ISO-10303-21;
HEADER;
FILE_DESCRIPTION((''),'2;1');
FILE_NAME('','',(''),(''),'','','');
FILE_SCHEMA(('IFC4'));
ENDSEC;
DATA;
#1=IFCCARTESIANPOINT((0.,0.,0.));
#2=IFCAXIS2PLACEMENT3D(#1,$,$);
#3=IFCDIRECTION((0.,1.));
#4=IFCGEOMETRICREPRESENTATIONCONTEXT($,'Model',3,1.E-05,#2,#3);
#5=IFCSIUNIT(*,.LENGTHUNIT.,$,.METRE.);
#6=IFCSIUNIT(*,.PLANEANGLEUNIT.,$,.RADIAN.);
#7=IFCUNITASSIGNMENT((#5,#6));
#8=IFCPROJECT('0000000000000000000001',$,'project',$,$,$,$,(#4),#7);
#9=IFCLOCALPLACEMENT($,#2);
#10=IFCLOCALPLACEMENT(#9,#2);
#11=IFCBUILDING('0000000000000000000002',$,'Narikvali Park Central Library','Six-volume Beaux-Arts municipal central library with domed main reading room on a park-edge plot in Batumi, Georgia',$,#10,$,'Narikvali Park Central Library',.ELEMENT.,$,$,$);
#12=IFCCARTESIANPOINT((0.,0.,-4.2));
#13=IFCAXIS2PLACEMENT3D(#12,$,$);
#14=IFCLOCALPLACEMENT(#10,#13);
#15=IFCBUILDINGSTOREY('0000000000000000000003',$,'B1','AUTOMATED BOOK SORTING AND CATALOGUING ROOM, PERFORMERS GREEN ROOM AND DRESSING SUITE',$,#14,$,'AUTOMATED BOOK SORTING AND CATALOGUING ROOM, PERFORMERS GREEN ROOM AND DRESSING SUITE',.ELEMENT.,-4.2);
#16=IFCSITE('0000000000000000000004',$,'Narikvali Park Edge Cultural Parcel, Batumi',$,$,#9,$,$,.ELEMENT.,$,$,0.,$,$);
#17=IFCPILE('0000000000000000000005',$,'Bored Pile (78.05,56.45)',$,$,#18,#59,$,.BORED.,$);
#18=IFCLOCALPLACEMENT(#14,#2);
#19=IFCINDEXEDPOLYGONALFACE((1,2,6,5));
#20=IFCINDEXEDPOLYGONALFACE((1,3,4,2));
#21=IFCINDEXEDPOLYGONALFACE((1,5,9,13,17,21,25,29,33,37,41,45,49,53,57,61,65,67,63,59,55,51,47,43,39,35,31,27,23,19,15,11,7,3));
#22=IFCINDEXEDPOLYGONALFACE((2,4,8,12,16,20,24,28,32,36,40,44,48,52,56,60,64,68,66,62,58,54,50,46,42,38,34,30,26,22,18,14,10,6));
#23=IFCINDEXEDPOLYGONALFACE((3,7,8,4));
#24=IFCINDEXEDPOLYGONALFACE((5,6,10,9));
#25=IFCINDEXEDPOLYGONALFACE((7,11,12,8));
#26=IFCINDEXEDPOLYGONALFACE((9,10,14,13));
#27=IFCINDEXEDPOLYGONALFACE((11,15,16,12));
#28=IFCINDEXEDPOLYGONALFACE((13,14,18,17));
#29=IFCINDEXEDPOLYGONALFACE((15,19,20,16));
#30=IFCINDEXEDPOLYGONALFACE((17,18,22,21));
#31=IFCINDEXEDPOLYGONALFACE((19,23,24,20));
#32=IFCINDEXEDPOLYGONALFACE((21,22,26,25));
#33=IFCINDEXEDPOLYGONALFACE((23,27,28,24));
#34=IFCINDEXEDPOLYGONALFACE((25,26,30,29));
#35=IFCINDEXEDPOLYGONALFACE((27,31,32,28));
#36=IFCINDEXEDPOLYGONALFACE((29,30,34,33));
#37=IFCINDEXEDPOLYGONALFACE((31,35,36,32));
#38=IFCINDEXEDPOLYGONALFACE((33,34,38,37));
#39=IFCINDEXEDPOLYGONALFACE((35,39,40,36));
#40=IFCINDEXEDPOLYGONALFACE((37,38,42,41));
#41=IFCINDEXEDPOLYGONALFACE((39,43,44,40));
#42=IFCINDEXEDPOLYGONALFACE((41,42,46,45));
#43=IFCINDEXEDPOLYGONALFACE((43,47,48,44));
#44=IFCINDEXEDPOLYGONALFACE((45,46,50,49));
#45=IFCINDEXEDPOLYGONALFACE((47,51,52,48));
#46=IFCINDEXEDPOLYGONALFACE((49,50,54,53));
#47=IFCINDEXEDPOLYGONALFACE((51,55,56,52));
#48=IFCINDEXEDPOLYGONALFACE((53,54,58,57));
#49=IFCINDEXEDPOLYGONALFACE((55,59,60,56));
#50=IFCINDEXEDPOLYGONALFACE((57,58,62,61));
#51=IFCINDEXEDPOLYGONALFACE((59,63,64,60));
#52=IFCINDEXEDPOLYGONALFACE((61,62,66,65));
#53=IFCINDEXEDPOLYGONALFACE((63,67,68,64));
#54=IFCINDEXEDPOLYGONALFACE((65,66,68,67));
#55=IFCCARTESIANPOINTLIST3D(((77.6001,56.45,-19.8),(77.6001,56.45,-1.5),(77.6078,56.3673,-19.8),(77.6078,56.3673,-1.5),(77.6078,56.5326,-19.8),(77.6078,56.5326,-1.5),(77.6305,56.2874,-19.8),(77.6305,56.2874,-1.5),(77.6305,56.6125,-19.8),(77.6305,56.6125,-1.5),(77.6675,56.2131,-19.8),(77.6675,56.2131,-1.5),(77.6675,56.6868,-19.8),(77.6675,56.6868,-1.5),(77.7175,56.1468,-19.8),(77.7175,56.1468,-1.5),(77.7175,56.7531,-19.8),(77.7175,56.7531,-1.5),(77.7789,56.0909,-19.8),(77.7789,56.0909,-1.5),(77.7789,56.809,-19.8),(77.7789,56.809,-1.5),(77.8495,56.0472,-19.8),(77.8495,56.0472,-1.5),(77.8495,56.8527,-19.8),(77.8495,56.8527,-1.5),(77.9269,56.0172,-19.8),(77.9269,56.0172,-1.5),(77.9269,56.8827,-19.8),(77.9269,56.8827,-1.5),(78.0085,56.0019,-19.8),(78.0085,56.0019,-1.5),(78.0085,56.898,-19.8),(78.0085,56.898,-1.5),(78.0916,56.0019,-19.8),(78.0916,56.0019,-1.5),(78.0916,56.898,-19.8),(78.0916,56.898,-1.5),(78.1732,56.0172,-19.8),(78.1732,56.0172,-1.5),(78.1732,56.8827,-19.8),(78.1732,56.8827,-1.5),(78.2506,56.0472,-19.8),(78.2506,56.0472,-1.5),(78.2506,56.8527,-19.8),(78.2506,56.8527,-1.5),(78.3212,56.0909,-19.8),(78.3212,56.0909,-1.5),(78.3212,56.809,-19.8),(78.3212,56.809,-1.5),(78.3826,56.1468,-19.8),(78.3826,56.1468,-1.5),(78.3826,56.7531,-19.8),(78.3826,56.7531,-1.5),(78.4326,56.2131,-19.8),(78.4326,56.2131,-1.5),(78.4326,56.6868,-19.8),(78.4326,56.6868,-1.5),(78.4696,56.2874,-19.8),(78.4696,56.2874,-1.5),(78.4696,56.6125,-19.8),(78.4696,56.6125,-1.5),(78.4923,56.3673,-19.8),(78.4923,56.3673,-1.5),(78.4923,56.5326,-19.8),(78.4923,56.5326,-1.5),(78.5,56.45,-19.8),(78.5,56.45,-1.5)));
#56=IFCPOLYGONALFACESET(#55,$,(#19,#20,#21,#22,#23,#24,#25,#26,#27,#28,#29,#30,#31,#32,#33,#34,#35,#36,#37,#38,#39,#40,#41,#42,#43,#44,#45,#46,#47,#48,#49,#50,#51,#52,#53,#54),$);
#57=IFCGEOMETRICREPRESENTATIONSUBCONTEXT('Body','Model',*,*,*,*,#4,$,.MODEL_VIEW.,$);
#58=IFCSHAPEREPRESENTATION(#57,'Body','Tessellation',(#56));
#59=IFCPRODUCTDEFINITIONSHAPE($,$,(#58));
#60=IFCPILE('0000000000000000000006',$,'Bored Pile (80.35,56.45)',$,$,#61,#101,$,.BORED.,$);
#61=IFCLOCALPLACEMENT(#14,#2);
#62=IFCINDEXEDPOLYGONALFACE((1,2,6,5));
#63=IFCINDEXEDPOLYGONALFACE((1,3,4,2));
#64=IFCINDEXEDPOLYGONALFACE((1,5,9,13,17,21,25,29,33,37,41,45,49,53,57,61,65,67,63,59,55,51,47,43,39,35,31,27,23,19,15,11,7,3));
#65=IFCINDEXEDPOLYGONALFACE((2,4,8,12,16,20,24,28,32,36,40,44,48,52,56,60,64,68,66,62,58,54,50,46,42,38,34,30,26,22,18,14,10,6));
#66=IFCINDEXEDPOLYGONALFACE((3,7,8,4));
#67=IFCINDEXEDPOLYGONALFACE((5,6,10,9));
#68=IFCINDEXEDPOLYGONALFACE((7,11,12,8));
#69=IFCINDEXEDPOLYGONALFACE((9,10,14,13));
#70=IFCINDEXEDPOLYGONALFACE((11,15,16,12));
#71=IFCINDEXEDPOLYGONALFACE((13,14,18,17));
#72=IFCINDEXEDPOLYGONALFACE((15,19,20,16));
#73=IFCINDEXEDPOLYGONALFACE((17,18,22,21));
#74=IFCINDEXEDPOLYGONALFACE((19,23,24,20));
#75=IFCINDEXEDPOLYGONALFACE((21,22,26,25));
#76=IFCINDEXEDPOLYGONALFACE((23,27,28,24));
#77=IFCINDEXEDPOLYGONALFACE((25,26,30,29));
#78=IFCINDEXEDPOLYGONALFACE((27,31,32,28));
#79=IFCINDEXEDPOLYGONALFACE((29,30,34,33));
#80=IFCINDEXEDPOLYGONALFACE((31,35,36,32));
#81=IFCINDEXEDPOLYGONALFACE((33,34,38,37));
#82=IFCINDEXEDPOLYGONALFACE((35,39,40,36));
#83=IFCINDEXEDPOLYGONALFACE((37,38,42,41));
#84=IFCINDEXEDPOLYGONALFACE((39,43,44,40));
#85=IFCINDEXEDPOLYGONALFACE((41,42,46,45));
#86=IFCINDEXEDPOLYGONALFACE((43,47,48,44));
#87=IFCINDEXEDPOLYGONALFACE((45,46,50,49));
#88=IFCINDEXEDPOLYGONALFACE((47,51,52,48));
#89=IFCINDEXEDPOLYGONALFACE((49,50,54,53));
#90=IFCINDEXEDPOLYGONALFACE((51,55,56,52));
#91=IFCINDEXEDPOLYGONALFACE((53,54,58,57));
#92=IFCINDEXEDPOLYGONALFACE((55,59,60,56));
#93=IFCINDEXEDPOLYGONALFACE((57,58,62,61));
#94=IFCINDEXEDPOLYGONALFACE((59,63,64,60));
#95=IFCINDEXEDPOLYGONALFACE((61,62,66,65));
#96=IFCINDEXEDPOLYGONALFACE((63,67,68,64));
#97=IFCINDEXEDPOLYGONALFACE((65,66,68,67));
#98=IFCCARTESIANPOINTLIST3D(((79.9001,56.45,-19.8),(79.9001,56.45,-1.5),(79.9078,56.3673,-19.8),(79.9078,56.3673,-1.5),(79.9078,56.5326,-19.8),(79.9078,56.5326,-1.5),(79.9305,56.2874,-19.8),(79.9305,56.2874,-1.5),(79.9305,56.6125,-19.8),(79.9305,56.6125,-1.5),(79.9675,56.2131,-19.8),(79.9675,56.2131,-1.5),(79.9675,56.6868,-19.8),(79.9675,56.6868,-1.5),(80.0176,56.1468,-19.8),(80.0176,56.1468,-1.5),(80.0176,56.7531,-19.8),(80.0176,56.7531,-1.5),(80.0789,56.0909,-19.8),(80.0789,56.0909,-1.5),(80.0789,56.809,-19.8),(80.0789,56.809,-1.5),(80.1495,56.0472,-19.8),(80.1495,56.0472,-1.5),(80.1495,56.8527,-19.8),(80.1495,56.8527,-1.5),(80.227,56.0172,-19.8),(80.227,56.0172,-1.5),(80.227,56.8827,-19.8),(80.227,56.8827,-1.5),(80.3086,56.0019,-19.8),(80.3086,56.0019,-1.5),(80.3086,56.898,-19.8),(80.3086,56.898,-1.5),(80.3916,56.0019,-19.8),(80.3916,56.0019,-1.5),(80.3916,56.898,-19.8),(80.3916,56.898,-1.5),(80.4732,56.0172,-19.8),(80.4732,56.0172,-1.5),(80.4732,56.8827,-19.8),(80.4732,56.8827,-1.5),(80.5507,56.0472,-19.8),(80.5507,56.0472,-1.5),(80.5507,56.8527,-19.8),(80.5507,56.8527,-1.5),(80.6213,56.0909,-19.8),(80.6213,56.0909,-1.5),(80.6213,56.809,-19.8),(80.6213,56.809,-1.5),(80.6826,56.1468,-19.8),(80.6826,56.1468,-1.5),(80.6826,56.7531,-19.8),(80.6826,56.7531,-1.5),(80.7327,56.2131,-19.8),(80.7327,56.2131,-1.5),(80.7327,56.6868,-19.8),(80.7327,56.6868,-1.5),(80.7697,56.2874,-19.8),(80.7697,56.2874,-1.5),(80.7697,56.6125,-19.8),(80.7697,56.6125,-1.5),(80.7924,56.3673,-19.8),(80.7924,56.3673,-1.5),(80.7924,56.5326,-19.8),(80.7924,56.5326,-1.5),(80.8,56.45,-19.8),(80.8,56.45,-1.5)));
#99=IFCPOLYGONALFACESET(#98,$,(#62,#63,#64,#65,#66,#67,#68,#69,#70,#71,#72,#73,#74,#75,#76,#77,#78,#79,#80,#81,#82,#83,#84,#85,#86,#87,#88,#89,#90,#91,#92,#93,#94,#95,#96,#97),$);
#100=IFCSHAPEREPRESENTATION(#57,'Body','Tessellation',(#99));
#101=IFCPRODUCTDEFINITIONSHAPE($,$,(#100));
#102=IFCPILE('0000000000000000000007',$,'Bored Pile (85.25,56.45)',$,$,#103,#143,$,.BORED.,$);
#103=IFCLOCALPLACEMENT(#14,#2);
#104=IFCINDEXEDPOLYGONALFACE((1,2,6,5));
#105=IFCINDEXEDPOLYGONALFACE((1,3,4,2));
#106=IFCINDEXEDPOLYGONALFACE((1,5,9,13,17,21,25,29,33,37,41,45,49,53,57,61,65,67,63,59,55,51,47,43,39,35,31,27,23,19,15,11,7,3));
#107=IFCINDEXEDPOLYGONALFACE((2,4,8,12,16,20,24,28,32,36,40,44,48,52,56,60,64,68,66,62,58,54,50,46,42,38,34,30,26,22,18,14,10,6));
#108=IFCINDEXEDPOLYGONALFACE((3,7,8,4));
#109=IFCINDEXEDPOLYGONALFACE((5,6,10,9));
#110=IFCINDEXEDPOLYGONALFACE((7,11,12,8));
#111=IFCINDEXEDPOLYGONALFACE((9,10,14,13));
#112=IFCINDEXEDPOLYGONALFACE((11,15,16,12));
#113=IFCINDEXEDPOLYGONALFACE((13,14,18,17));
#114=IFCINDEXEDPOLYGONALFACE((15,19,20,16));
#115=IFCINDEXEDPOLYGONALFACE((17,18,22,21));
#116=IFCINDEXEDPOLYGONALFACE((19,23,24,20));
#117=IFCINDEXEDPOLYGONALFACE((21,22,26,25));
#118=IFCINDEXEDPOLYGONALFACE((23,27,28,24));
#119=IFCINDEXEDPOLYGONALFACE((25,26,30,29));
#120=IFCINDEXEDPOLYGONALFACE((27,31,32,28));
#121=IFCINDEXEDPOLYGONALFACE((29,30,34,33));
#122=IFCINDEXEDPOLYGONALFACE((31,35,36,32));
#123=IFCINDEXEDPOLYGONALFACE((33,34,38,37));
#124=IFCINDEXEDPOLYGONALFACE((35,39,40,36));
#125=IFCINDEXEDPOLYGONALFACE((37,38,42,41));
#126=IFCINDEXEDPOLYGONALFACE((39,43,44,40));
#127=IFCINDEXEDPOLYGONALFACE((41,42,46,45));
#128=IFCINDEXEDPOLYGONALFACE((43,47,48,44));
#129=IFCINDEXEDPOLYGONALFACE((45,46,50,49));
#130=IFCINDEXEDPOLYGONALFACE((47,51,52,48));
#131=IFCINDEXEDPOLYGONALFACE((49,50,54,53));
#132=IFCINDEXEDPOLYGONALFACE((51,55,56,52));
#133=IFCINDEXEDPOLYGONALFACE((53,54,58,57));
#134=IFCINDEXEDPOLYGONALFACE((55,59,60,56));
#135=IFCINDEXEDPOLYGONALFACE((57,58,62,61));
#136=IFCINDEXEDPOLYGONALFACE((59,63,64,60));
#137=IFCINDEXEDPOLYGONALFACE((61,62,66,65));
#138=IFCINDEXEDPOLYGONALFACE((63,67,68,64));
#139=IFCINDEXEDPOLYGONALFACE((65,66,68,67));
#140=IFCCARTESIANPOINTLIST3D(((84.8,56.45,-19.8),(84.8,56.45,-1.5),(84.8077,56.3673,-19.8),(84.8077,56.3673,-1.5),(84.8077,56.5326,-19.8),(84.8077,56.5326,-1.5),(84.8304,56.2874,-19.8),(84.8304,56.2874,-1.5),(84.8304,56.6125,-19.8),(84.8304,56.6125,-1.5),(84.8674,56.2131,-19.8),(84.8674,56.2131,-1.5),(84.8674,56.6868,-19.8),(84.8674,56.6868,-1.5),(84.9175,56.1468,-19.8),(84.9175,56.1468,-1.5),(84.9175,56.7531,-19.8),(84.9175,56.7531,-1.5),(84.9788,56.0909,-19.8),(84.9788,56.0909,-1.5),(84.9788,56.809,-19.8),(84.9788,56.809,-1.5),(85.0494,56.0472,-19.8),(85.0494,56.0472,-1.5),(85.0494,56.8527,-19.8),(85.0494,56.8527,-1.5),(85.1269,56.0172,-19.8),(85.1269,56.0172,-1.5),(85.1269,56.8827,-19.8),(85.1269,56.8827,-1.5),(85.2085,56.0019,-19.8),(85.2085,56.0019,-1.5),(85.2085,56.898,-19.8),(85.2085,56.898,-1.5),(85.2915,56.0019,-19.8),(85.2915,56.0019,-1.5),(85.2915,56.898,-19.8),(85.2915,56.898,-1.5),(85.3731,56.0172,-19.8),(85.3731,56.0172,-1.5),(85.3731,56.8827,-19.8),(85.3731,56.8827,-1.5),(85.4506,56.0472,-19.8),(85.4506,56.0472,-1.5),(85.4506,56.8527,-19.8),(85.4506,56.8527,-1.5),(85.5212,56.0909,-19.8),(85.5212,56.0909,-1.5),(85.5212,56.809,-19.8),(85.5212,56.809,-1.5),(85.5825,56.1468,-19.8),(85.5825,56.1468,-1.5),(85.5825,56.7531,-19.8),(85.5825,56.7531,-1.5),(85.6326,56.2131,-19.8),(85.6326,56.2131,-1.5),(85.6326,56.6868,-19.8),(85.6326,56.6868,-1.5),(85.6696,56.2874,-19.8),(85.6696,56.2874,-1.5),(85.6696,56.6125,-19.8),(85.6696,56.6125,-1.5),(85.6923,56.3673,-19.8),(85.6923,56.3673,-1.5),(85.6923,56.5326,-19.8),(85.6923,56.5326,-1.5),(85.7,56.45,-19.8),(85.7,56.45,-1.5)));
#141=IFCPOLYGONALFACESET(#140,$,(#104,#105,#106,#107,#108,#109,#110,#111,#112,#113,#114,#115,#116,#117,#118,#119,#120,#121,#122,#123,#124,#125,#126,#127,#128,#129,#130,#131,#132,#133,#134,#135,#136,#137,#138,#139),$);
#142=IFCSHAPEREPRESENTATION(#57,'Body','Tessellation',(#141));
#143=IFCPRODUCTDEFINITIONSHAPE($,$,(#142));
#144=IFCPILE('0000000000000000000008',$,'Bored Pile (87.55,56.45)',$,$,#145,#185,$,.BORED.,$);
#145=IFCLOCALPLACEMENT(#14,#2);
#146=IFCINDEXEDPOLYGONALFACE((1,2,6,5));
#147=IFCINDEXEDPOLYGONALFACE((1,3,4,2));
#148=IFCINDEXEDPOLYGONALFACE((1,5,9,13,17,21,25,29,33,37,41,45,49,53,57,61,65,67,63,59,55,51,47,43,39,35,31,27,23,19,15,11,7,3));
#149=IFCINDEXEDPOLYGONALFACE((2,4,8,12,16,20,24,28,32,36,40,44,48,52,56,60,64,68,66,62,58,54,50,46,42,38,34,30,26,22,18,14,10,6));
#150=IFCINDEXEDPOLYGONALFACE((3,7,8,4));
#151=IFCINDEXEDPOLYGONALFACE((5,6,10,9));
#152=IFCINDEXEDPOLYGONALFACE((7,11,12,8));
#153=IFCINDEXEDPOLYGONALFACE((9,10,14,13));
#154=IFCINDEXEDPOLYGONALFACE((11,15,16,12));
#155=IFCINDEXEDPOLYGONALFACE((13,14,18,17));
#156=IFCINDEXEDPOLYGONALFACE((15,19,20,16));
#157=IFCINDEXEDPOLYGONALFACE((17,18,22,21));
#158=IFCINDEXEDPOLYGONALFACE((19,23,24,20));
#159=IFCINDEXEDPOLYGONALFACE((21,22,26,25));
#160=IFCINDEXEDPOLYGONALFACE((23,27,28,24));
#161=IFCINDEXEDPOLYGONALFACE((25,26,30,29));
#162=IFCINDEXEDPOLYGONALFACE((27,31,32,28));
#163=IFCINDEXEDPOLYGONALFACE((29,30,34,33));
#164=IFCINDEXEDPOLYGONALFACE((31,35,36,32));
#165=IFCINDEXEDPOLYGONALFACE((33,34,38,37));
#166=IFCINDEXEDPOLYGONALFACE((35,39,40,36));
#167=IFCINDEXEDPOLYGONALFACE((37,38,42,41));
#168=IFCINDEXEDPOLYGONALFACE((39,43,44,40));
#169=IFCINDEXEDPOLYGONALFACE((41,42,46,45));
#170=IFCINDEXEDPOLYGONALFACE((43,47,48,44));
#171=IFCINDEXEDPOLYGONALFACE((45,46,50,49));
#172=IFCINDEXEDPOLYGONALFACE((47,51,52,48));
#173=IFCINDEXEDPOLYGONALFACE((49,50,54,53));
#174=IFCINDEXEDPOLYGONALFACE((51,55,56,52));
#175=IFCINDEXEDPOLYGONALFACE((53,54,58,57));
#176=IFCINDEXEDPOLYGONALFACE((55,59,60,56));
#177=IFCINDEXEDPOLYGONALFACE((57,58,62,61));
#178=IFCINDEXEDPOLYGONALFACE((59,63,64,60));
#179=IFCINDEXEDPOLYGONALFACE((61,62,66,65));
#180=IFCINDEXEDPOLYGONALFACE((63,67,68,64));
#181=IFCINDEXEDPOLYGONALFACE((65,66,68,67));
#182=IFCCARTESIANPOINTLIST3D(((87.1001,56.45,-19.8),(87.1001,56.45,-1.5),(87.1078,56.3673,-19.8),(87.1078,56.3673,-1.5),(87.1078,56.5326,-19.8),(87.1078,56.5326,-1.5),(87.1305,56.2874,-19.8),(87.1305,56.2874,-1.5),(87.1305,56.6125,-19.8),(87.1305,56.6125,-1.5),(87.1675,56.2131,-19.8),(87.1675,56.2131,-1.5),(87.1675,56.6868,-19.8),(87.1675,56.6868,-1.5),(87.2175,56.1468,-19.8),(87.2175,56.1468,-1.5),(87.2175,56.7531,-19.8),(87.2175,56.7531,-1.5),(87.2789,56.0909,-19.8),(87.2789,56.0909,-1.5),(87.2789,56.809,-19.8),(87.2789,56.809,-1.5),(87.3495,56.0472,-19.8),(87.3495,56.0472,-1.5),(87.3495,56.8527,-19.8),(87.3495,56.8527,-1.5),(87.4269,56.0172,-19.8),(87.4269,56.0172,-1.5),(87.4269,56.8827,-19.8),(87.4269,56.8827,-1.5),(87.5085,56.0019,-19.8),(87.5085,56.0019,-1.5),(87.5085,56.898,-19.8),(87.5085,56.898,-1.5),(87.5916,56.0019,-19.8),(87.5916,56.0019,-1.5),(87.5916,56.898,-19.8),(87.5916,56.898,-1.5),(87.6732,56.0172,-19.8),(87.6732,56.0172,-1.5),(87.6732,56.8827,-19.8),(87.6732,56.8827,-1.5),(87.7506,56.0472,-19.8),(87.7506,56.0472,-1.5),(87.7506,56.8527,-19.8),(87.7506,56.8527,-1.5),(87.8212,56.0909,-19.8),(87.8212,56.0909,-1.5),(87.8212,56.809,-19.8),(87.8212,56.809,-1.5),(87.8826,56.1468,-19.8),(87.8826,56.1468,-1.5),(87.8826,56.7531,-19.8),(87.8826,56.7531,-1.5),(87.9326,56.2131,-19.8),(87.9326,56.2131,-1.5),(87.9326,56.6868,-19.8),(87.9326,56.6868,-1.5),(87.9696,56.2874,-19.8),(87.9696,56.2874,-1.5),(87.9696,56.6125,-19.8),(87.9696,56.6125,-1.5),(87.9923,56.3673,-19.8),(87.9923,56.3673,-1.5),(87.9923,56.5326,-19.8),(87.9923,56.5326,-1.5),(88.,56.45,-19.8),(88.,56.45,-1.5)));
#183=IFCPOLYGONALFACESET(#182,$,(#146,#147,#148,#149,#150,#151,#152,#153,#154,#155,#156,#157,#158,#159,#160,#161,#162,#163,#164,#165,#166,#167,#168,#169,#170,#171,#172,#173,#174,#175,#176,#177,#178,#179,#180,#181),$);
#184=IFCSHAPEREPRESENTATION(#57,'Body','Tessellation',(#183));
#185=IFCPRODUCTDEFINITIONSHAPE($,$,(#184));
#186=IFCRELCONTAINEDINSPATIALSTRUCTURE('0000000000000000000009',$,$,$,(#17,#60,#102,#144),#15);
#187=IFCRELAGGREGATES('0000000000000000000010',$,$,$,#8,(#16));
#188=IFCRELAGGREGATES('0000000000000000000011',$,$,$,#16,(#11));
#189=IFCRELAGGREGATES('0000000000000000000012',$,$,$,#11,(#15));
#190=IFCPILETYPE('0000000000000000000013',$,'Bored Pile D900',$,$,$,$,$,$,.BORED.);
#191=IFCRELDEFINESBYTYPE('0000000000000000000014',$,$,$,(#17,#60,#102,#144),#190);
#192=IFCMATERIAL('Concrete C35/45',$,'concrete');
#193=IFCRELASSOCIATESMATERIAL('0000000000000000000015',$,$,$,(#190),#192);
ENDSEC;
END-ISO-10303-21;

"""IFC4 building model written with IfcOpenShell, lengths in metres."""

from ifc_helpers import new_model, si_unit, direction, frame, origin, origin_2d, place, context, subcontext, project, spatial, circle, extrude, material, material_profile, profile_set, type_object, element, save


model = new_model("IFC4")

# Units and contexts
model_context = context("Model", 3, precision=1e-05, world=origin(), true_north=direction((0.0, 1.0)))
body_context = subcontext(model_context, "Body", "Model", "MODEL_VIEW")
ifc_project = project(units=[si_unit("LENGTHUNIT", "METRE"), si_unit("PLANEANGLEUNIT", "RADIAN")], contexts=[model_context])

# Site, building, storey
site_placement = place(None, origin())
site = spatial("IfcSite", under=ifc_project, at=site_placement, Name="Narikvali Park Edge Cultural Parcel, Batumi", CompositionType="ELEMENT", RefElevation=0.0)
building_placement = place(site_placement, origin())
building = spatial("IfcBuilding", under=site, at=building_placement, Name="Narikvali Park Central Library", Description="Six-volume Beaux-Arts municipal central library with domed main reading room on a park-edge plot in Batumi, Georgia", LongName="Narikvali Park Central Library", CompositionType="ELEMENT")
storey_placement = place(building_placement, frame((0.0, 0.0, -4.2)))
storey = spatial("IfcBuildingStorey", under=building, at=storey_placement, Name="B1", Description="AUTOMATED BOOK SORTING AND CATALOGUING ROOM, PERFORMERS GREEN ROOM AND DRESSING SUITE", LongName="AUTOMATED BOOK SORTING AND CATALOGUING ROOM, PERFORMERS GREEN ROOM AND DRESSING SUITE", CompositionType="ELEMENT", Elevation=-4.2)

# Piles
ifc_material_1 = material(Name="Concrete C35/45", Category="concrete")
ifc_material_profile_1 = material_profile(ifc_material_1, circle(Radius=0.45, at=origin_2d()), Name="PILE D900")
ifc_profile_set_1 = profile_set([ifc_material_profile_1], Name="Concrete C35/45")
pile_type = type_object("IfcPileType", Name="Bored Pile D900", PredefinedType="BORED", material=ifc_profile_set_1)
for number, where, z_axis, x_axis, name in (
    (1, (78.05, 56.45, -1.5), (0.0, 0.0, -1.0), (1.0, 0.0, 0.0), "Bored Pile (78.05,56.45)"),
    (2, (80.3501, 56.45, -1.5), (0.0, 0.0, -1.0), (1.0, 0.0, 0.0), "Bored Pile (80.35,56.45)"),
    (3, (85.25, 56.45, -1.5), (0.0, 0.0, -1.0), (1.0, 0.0, 0.0), "Bored Pile (85.25,56.45)"),
    (4, (87.55, 56.45, -1.5), (0.0, 0.0, -1.0), (1.0, 0.0, 0.0), "Bored Pile (87.55,56.45)"),
):
    element("IfcPile", number, at=place(storey_placement, frame(where, z_axis=z_axis, x_axis=x_axis)), inside=storey, type_object=pile_type, Name=name, PredefinedType="BORED", context=body_context, shape_type="SweptSolid", body=[
        extrude(circle(Radius=0.45, at=origin_2d()), origin(), (0.0, 0.0, 1.0), 18.3),
    ])

save(model, "model.ifc")
